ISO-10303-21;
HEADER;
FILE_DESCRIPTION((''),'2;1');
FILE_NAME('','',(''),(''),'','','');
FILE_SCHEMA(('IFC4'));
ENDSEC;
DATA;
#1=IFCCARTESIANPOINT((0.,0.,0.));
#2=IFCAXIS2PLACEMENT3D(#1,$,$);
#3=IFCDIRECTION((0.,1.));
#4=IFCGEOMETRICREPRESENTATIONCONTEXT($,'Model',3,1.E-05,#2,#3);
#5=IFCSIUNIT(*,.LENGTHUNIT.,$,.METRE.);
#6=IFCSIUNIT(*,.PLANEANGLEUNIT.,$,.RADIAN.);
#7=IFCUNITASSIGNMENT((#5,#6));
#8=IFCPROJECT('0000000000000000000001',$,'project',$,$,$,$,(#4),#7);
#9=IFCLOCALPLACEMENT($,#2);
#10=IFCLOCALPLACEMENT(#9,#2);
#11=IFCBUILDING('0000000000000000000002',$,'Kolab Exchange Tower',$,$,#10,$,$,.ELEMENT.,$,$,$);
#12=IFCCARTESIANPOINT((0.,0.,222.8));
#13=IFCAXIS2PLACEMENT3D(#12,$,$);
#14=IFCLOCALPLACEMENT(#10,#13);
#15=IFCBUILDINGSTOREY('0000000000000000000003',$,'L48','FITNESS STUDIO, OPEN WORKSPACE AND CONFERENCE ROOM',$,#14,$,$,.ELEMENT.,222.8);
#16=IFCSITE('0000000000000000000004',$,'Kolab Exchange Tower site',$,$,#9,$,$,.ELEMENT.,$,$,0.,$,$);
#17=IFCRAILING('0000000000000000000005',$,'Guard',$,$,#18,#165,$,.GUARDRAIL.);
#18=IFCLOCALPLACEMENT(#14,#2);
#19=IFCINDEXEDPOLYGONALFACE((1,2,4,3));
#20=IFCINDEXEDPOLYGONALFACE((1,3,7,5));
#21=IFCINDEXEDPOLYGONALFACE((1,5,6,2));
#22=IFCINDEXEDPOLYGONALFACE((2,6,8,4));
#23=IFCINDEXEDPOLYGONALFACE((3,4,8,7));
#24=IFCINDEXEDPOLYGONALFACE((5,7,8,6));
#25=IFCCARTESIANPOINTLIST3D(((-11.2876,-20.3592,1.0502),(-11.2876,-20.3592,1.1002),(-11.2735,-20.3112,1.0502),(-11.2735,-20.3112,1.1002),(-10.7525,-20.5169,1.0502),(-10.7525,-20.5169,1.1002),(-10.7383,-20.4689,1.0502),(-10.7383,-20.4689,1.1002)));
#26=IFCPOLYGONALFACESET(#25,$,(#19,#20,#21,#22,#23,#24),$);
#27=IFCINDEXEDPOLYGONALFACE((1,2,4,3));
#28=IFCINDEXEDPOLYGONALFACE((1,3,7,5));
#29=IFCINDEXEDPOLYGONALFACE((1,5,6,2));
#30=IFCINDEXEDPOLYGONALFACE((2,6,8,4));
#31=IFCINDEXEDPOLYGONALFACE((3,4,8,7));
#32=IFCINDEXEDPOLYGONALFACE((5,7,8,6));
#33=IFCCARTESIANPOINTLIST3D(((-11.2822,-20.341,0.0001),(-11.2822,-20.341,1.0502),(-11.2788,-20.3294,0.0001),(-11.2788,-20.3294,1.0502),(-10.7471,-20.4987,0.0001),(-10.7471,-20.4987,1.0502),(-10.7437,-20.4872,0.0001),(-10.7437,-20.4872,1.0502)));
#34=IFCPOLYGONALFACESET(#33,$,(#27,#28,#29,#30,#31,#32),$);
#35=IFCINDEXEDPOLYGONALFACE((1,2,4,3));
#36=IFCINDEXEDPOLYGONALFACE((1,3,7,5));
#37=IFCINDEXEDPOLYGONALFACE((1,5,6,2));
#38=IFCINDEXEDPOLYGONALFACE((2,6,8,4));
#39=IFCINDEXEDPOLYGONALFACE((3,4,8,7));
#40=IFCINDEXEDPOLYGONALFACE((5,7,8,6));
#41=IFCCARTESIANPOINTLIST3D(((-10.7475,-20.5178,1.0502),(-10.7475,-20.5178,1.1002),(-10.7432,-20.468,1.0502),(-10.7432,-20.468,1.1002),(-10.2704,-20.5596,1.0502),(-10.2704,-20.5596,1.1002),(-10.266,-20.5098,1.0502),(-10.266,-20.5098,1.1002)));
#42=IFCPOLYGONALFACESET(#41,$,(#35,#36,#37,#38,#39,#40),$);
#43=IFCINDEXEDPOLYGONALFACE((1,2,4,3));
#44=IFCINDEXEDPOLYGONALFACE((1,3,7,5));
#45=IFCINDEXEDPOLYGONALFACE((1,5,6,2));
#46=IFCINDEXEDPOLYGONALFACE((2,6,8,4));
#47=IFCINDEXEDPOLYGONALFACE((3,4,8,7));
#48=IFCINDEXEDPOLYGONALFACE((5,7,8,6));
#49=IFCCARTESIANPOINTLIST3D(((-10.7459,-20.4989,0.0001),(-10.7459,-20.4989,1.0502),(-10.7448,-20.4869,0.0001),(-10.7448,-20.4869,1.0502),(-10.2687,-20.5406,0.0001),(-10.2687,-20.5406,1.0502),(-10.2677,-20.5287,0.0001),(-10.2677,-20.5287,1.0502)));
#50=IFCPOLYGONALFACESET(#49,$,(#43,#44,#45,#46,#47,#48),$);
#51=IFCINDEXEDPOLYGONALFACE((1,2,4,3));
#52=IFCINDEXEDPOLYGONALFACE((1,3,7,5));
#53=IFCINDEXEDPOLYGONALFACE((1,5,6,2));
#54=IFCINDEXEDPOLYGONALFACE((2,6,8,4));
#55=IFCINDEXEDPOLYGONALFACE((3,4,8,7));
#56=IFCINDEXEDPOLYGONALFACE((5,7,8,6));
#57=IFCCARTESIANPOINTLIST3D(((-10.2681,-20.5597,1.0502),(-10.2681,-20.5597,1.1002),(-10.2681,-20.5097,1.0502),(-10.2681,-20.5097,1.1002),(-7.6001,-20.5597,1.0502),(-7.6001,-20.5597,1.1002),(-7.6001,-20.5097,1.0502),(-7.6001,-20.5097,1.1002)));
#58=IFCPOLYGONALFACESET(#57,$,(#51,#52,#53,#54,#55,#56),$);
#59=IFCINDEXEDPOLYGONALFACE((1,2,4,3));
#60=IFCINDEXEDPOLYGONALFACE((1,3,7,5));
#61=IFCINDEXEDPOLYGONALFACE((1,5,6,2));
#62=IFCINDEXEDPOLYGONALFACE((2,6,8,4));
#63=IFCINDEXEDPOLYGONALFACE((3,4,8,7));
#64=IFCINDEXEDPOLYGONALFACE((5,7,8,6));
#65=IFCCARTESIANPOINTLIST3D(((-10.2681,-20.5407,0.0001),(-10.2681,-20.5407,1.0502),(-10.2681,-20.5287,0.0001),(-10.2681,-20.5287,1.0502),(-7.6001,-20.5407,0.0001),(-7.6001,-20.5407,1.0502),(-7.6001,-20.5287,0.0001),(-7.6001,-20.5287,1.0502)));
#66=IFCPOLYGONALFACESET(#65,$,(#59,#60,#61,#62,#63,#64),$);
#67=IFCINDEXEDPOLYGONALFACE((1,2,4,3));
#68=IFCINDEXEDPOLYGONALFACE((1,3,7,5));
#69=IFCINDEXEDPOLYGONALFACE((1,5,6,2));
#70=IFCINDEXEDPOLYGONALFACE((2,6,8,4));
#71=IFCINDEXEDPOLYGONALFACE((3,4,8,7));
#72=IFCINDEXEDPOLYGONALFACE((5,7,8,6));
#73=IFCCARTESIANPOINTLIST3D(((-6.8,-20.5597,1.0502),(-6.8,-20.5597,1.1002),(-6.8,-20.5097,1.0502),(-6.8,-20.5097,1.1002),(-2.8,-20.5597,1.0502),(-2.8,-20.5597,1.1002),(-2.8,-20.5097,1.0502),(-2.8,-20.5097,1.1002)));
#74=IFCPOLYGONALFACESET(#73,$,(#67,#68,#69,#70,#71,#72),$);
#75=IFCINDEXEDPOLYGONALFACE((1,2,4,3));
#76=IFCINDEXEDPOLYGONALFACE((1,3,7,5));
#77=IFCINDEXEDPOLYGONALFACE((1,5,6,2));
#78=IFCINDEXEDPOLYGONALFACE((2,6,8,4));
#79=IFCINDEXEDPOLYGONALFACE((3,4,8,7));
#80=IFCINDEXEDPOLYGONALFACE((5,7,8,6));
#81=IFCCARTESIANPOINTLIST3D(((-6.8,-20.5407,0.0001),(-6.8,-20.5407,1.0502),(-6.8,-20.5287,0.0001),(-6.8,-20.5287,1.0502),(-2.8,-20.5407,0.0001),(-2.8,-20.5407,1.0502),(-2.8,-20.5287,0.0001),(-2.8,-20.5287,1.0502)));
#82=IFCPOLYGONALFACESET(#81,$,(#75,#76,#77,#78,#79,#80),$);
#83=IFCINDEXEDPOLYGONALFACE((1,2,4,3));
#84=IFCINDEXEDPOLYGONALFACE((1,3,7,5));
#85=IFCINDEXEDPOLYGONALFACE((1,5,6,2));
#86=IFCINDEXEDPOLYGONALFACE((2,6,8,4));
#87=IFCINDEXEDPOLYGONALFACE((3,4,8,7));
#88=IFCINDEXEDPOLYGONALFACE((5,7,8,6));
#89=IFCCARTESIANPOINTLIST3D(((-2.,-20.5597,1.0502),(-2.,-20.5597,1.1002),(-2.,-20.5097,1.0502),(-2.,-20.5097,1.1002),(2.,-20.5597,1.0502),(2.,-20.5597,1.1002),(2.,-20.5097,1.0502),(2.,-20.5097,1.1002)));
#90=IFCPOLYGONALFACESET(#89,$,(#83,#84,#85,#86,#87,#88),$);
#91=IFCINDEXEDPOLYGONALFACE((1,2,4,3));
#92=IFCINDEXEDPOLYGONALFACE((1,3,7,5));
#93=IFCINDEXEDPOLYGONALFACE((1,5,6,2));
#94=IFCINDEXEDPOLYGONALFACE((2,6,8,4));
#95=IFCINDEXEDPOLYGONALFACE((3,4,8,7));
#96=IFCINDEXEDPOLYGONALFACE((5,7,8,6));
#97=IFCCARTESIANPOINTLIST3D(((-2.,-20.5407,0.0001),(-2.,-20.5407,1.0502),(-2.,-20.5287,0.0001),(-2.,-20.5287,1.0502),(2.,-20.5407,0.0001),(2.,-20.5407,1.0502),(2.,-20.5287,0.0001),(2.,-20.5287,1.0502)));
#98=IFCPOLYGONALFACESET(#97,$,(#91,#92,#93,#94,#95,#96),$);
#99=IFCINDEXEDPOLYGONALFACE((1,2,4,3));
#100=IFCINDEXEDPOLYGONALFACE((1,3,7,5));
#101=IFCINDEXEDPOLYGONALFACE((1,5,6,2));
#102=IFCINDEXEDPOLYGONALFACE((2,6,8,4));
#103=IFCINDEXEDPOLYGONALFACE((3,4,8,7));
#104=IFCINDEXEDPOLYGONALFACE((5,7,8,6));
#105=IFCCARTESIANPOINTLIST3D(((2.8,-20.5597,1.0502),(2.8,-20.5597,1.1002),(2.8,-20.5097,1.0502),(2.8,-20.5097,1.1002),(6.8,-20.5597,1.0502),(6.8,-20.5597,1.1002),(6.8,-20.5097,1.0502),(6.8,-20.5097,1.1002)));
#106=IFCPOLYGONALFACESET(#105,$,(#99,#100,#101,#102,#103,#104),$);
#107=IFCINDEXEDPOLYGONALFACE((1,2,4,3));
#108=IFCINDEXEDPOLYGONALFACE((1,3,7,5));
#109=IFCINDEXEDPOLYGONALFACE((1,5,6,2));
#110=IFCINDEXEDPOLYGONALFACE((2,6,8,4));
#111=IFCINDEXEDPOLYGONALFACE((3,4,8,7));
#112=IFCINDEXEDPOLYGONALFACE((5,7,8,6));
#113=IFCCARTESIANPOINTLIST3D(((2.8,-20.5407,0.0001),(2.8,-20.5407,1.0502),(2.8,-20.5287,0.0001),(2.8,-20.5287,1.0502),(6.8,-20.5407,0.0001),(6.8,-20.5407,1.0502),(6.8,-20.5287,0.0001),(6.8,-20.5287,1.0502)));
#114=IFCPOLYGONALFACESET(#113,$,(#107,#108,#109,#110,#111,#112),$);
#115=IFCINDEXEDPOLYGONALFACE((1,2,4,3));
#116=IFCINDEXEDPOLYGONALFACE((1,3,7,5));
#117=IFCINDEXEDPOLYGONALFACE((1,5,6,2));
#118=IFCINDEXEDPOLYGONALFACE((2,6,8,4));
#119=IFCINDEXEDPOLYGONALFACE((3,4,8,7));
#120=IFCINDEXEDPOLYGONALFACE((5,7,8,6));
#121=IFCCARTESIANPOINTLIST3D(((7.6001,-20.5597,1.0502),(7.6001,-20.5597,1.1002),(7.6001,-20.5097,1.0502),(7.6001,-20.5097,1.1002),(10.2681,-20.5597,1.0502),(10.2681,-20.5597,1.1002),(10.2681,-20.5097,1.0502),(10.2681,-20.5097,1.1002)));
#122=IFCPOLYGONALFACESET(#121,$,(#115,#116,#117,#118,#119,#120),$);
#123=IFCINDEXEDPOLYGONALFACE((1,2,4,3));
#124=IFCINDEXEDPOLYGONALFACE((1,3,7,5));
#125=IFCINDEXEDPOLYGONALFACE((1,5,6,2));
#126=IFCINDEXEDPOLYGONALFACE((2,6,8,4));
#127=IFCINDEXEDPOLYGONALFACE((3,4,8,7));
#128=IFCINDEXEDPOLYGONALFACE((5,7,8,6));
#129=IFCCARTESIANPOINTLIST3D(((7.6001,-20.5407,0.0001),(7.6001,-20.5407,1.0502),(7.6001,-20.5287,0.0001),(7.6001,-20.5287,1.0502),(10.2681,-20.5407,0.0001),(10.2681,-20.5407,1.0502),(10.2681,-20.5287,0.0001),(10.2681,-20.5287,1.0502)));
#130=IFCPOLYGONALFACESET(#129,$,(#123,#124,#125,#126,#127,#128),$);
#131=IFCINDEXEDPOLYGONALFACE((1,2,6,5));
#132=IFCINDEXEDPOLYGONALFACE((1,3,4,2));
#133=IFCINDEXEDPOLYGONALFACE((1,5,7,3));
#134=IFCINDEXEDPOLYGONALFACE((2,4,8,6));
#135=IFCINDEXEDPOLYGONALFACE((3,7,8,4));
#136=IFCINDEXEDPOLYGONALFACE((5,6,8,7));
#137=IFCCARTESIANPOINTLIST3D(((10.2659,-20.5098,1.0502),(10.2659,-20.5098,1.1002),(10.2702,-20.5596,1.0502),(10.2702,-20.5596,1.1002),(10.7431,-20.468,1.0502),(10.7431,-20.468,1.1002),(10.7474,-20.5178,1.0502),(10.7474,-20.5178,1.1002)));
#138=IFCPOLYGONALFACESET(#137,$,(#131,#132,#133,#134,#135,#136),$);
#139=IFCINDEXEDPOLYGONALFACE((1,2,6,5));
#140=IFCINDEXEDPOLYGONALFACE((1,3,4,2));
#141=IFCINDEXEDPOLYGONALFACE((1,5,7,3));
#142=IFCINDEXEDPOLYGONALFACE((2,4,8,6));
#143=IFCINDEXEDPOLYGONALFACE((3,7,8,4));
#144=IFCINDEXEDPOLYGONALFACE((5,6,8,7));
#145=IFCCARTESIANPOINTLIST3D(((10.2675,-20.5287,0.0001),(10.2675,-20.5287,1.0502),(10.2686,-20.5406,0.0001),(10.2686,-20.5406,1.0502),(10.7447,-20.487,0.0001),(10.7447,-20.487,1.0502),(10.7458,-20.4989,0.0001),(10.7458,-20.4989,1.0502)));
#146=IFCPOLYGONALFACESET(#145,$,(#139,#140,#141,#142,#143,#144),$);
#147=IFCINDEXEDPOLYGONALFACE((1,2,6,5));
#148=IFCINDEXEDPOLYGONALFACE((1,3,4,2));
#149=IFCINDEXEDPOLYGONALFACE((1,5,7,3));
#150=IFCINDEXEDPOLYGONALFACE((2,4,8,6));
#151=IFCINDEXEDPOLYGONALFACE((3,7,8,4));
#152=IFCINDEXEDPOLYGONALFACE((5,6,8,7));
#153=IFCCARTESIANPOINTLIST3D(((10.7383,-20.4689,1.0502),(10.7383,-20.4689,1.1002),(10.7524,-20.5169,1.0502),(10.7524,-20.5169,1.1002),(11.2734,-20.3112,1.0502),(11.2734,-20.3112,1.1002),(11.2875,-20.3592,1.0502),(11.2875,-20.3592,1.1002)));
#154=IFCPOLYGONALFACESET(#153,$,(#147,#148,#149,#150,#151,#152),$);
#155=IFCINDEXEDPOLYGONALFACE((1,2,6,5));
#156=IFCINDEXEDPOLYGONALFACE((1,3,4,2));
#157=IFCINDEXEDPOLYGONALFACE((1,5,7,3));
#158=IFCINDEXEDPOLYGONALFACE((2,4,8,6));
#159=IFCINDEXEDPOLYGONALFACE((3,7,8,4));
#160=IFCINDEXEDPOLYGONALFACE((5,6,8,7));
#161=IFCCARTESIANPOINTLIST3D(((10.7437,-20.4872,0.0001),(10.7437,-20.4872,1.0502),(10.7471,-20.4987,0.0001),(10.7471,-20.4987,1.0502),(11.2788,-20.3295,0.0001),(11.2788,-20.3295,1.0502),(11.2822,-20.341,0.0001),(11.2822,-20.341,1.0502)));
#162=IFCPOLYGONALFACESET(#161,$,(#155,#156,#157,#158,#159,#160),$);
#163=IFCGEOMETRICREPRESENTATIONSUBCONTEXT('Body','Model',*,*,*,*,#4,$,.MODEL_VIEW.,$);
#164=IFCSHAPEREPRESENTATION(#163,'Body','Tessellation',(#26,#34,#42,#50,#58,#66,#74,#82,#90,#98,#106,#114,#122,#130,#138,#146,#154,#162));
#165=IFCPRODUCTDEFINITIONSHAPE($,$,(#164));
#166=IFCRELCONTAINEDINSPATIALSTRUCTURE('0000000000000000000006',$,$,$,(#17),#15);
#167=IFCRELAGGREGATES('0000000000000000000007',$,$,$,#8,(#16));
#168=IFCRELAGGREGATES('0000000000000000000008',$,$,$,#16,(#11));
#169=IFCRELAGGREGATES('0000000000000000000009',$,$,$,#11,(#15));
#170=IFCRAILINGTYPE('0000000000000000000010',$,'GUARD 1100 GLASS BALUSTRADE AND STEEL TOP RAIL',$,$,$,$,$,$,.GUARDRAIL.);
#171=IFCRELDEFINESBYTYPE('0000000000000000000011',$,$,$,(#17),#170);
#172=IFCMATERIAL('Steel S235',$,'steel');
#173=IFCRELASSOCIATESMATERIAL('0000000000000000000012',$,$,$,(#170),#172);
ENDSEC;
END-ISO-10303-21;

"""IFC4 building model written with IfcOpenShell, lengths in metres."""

from ifc_helpers import new_model, si_unit, direction, frame, frame_2d, origin, origin_2d, place, context, subcontext, project, spatial, rectangle, extrude, material, type_object, element, save


model = new_model("IFC4")

# Units and contexts
model_context = context("Model", 3, precision=1e-05, world=origin(), true_north=direction((0.0, 1.0)))
body_context = subcontext(model_context, "Body", "Model", "MODEL_VIEW")
ifc_project = project(units=[si_unit("LENGTHUNIT", "METRE"), si_unit("PLANEANGLEUNIT", "RADIAN")], contexts=[model_context])

# Site, building, storey
site_placement = place(None, origin())
site = spatial("IfcSite", under=ifc_project, at=site_placement, Name="Kolab Exchange Tower site", CompositionType="ELEMENT", RefElevation=0.0)
building_placement = place(site_placement, origin())
building = spatial("IfcBuilding", under=site, at=building_placement, Name="Kolab Exchange Tower", CompositionType="ELEMENT")
storey_placement = place(building_placement, frame((0.0, 0.0, 222.8)))
storey = spatial("IfcBuildingStorey", under=building, at=storey_placement, Name="L48", Description="FITNESS STUDIO, OPEN WORKSPACE AND CONFERENCE ROOM", CompositionType="ELEMENT", Elevation=222.8)

# Shared definitions
ifc_material_1 = material(Name="Steel S235", Category="steel")

# Railing
railing_type = type_object("IfcRailingType", Name="GUARD 1100 GLASS BALUSTRADE AND STEEL TOP RAIL", PredefinedType="GUARDRAIL", material=ifc_material_1)
railing_placement = place(storey_placement, frame((-11.2805, -20.3352, 0.0)))
element("IfcRailing", 1, at=railing_placement, inside=storey, type_object=railing_type, Name="Guard", PredefinedType="GUARDRAIL", context=body_context, shape_type="SweptSolid", body=[
    extrude(rectangle(XDim=0.05, YDim=0.05, at=origin_2d()), frame((0.0, 0.0, 1.0752), z_axis=(0.959212, -0.282687, 0.0), x_axis=(0.282687, 0.959212, 0.0)), (0.0, 0.0, 1.0), 0.5579),
    extrude(rectangle(XDim=0.012, YDim=1.0501, at=frame_2d((0.0, 0.5251))), frame((0.0, 0.0, 0.0), z_axis=(0.959212, -0.282687, 0.0), x_axis=(0.282687, 0.959212, 0.0)), (0.0, 0.0, 1.0), 0.5579),
    extrude(rectangle(XDim=0.05, YDim=0.05, at=origin_2d()), frame((0.5352, -0.1577, 1.0752), z_axis=(0.996196, -0.087135, 0.0), x_axis=(0.087135, 0.996196, 0.0)), (0.0, 0.0, 1.0), 0.479),
    extrude(rectangle(XDim=0.012, YDim=1.0501, at=frame_2d((0.0, 0.5251))), frame((0.5352, -0.1577, 0.0), z_axis=(0.996196, -0.087135, 0.0), x_axis=(0.087135, 0.996196, 0.0)), (0.0, 0.0, 1.0), 0.479),
    extrude(rectangle(XDim=0.05, YDim=0.05, at=origin_2d()), frame((1.0125, -0.1995, 1.0752), z_axis=(1.0, 0.0, 0.0), x_axis=(0.0, 1.0, 0.0)), (0.0, 0.0, 1.0), 2.668),
    extrude(rectangle(XDim=0.012, YDim=1.0501, at=frame_2d((0.0, 0.5251))), frame((1.0125, -0.1995, 0.0), z_axis=(1.0, 0.0, 0.0), x_axis=(0.0, 1.0, 0.0)), (0.0, 0.0, 1.0), 2.668),
    extrude(rectangle(XDim=0.05, YDim=0.05, at=origin_2d()), frame((4.4805, -0.1995, 1.0752), z_axis=(1.0, 0.0, 0.0), x_axis=(0.0, 1.0, 0.0)), (0.0, 0.0, 1.0), 4.0),
    extrude(rectangle(XDim=0.012, YDim=1.0501, at=frame_2d((0.0, 0.5251))), frame((4.4805, -0.1995, 0.0), z_axis=(1.0, 0.0, 0.0), x_axis=(0.0, 1.0, 0.0)), (0.0, 0.0, 1.0), 4.0),
    extrude(rectangle(XDim=0.05, YDim=0.05, at=origin_2d()), frame((9.2805, -0.1995, 1.0752), z_axis=(1.0, 0.0, 0.0), x_axis=(0.0, 1.0, 0.0)), (0.0, 0.0, 1.0), 4.0),
    extrude(rectangle(XDim=0.012, YDim=1.0501, at=frame_2d((0.0, 0.5251))), frame((9.2805, -0.1995, 0.0), z_axis=(1.0, 0.0, 0.0), x_axis=(0.0, 1.0, 0.0)), (0.0, 0.0, 1.0), 4.0),
    extrude(rectangle(XDim=0.05, YDim=0.05, at=origin_2d()), frame((14.0806, -0.1995, 1.0752), z_axis=(1.0, 0.0, 0.0), x_axis=(0.0, 1.0, 0.0)), (0.0, 0.0, 1.0), 4.0),
    extrude(rectangle(XDim=0.012, YDim=1.0501, at=frame_2d((0.0, 0.5251))), frame((14.0806, -0.1995, 0.0), z_axis=(1.0, 0.0, 0.0), x_axis=(0.0, 1.0, 0.0)), (0.0, 0.0, 1.0), 4.0),
    extrude(rectangle(XDim=0.05, YDim=0.05, at=origin_2d()), frame((18.8806, -0.1995, 1.0752), z_axis=(1.0, 0.0, 0.0), x_axis=(0.0, 1.0, 0.0)), (0.0, 0.0, 1.0), 2.668),
    extrude(rectangle(XDim=0.012, YDim=1.0501, at=frame_2d((0.0, 0.5251))), frame((18.8806, -0.1995, 0.0), z_axis=(1.0, 0.0, 0.0), x_axis=(0.0, 1.0, 0.0)), (0.0, 0.0, 1.0), 2.668),
    extrude(rectangle(XDim=0.05, YDim=0.05, at=origin_2d()), frame((21.5486, -0.1995, 1.0752), z_axis=(0.996196, 0.087135, 0.0), x_axis=(-0.087135, 0.996196, 0.0)), (0.0, 0.0, 1.0), 0.479),
    extrude(rectangle(XDim=0.012, YDim=1.0501, at=frame_2d((0.0, 0.5251))), frame((21.5486, -0.1995, 0.0), z_axis=(0.996196, 0.087135, 0.0), x_axis=(-0.087135, 0.996196, 0.0)), (0.0, 0.0, 1.0), 0.479),
    extrude(rectangle(XDim=0.05, YDim=0.05, at=origin_2d()), frame((22.0259, -0.1577, 1.0752), z_axis=(0.959212, 0.282687, 0.0), x_axis=(-0.282687, 0.959212, 0.0)), (0.0, 0.0, 1.0), 0.5579),
    extrude(rectangle(XDim=0.012, YDim=1.0501, at=frame_2d((0.0, 0.5251))), frame((22.0259, -0.1577, 0.0), z_axis=(0.959212, 0.282687, 0.0), x_axis=(-0.282687, 0.959212, 0.0)), (0.0, 0.0, 1.0), 0.5579),
])

save(model, "model.ifc")
